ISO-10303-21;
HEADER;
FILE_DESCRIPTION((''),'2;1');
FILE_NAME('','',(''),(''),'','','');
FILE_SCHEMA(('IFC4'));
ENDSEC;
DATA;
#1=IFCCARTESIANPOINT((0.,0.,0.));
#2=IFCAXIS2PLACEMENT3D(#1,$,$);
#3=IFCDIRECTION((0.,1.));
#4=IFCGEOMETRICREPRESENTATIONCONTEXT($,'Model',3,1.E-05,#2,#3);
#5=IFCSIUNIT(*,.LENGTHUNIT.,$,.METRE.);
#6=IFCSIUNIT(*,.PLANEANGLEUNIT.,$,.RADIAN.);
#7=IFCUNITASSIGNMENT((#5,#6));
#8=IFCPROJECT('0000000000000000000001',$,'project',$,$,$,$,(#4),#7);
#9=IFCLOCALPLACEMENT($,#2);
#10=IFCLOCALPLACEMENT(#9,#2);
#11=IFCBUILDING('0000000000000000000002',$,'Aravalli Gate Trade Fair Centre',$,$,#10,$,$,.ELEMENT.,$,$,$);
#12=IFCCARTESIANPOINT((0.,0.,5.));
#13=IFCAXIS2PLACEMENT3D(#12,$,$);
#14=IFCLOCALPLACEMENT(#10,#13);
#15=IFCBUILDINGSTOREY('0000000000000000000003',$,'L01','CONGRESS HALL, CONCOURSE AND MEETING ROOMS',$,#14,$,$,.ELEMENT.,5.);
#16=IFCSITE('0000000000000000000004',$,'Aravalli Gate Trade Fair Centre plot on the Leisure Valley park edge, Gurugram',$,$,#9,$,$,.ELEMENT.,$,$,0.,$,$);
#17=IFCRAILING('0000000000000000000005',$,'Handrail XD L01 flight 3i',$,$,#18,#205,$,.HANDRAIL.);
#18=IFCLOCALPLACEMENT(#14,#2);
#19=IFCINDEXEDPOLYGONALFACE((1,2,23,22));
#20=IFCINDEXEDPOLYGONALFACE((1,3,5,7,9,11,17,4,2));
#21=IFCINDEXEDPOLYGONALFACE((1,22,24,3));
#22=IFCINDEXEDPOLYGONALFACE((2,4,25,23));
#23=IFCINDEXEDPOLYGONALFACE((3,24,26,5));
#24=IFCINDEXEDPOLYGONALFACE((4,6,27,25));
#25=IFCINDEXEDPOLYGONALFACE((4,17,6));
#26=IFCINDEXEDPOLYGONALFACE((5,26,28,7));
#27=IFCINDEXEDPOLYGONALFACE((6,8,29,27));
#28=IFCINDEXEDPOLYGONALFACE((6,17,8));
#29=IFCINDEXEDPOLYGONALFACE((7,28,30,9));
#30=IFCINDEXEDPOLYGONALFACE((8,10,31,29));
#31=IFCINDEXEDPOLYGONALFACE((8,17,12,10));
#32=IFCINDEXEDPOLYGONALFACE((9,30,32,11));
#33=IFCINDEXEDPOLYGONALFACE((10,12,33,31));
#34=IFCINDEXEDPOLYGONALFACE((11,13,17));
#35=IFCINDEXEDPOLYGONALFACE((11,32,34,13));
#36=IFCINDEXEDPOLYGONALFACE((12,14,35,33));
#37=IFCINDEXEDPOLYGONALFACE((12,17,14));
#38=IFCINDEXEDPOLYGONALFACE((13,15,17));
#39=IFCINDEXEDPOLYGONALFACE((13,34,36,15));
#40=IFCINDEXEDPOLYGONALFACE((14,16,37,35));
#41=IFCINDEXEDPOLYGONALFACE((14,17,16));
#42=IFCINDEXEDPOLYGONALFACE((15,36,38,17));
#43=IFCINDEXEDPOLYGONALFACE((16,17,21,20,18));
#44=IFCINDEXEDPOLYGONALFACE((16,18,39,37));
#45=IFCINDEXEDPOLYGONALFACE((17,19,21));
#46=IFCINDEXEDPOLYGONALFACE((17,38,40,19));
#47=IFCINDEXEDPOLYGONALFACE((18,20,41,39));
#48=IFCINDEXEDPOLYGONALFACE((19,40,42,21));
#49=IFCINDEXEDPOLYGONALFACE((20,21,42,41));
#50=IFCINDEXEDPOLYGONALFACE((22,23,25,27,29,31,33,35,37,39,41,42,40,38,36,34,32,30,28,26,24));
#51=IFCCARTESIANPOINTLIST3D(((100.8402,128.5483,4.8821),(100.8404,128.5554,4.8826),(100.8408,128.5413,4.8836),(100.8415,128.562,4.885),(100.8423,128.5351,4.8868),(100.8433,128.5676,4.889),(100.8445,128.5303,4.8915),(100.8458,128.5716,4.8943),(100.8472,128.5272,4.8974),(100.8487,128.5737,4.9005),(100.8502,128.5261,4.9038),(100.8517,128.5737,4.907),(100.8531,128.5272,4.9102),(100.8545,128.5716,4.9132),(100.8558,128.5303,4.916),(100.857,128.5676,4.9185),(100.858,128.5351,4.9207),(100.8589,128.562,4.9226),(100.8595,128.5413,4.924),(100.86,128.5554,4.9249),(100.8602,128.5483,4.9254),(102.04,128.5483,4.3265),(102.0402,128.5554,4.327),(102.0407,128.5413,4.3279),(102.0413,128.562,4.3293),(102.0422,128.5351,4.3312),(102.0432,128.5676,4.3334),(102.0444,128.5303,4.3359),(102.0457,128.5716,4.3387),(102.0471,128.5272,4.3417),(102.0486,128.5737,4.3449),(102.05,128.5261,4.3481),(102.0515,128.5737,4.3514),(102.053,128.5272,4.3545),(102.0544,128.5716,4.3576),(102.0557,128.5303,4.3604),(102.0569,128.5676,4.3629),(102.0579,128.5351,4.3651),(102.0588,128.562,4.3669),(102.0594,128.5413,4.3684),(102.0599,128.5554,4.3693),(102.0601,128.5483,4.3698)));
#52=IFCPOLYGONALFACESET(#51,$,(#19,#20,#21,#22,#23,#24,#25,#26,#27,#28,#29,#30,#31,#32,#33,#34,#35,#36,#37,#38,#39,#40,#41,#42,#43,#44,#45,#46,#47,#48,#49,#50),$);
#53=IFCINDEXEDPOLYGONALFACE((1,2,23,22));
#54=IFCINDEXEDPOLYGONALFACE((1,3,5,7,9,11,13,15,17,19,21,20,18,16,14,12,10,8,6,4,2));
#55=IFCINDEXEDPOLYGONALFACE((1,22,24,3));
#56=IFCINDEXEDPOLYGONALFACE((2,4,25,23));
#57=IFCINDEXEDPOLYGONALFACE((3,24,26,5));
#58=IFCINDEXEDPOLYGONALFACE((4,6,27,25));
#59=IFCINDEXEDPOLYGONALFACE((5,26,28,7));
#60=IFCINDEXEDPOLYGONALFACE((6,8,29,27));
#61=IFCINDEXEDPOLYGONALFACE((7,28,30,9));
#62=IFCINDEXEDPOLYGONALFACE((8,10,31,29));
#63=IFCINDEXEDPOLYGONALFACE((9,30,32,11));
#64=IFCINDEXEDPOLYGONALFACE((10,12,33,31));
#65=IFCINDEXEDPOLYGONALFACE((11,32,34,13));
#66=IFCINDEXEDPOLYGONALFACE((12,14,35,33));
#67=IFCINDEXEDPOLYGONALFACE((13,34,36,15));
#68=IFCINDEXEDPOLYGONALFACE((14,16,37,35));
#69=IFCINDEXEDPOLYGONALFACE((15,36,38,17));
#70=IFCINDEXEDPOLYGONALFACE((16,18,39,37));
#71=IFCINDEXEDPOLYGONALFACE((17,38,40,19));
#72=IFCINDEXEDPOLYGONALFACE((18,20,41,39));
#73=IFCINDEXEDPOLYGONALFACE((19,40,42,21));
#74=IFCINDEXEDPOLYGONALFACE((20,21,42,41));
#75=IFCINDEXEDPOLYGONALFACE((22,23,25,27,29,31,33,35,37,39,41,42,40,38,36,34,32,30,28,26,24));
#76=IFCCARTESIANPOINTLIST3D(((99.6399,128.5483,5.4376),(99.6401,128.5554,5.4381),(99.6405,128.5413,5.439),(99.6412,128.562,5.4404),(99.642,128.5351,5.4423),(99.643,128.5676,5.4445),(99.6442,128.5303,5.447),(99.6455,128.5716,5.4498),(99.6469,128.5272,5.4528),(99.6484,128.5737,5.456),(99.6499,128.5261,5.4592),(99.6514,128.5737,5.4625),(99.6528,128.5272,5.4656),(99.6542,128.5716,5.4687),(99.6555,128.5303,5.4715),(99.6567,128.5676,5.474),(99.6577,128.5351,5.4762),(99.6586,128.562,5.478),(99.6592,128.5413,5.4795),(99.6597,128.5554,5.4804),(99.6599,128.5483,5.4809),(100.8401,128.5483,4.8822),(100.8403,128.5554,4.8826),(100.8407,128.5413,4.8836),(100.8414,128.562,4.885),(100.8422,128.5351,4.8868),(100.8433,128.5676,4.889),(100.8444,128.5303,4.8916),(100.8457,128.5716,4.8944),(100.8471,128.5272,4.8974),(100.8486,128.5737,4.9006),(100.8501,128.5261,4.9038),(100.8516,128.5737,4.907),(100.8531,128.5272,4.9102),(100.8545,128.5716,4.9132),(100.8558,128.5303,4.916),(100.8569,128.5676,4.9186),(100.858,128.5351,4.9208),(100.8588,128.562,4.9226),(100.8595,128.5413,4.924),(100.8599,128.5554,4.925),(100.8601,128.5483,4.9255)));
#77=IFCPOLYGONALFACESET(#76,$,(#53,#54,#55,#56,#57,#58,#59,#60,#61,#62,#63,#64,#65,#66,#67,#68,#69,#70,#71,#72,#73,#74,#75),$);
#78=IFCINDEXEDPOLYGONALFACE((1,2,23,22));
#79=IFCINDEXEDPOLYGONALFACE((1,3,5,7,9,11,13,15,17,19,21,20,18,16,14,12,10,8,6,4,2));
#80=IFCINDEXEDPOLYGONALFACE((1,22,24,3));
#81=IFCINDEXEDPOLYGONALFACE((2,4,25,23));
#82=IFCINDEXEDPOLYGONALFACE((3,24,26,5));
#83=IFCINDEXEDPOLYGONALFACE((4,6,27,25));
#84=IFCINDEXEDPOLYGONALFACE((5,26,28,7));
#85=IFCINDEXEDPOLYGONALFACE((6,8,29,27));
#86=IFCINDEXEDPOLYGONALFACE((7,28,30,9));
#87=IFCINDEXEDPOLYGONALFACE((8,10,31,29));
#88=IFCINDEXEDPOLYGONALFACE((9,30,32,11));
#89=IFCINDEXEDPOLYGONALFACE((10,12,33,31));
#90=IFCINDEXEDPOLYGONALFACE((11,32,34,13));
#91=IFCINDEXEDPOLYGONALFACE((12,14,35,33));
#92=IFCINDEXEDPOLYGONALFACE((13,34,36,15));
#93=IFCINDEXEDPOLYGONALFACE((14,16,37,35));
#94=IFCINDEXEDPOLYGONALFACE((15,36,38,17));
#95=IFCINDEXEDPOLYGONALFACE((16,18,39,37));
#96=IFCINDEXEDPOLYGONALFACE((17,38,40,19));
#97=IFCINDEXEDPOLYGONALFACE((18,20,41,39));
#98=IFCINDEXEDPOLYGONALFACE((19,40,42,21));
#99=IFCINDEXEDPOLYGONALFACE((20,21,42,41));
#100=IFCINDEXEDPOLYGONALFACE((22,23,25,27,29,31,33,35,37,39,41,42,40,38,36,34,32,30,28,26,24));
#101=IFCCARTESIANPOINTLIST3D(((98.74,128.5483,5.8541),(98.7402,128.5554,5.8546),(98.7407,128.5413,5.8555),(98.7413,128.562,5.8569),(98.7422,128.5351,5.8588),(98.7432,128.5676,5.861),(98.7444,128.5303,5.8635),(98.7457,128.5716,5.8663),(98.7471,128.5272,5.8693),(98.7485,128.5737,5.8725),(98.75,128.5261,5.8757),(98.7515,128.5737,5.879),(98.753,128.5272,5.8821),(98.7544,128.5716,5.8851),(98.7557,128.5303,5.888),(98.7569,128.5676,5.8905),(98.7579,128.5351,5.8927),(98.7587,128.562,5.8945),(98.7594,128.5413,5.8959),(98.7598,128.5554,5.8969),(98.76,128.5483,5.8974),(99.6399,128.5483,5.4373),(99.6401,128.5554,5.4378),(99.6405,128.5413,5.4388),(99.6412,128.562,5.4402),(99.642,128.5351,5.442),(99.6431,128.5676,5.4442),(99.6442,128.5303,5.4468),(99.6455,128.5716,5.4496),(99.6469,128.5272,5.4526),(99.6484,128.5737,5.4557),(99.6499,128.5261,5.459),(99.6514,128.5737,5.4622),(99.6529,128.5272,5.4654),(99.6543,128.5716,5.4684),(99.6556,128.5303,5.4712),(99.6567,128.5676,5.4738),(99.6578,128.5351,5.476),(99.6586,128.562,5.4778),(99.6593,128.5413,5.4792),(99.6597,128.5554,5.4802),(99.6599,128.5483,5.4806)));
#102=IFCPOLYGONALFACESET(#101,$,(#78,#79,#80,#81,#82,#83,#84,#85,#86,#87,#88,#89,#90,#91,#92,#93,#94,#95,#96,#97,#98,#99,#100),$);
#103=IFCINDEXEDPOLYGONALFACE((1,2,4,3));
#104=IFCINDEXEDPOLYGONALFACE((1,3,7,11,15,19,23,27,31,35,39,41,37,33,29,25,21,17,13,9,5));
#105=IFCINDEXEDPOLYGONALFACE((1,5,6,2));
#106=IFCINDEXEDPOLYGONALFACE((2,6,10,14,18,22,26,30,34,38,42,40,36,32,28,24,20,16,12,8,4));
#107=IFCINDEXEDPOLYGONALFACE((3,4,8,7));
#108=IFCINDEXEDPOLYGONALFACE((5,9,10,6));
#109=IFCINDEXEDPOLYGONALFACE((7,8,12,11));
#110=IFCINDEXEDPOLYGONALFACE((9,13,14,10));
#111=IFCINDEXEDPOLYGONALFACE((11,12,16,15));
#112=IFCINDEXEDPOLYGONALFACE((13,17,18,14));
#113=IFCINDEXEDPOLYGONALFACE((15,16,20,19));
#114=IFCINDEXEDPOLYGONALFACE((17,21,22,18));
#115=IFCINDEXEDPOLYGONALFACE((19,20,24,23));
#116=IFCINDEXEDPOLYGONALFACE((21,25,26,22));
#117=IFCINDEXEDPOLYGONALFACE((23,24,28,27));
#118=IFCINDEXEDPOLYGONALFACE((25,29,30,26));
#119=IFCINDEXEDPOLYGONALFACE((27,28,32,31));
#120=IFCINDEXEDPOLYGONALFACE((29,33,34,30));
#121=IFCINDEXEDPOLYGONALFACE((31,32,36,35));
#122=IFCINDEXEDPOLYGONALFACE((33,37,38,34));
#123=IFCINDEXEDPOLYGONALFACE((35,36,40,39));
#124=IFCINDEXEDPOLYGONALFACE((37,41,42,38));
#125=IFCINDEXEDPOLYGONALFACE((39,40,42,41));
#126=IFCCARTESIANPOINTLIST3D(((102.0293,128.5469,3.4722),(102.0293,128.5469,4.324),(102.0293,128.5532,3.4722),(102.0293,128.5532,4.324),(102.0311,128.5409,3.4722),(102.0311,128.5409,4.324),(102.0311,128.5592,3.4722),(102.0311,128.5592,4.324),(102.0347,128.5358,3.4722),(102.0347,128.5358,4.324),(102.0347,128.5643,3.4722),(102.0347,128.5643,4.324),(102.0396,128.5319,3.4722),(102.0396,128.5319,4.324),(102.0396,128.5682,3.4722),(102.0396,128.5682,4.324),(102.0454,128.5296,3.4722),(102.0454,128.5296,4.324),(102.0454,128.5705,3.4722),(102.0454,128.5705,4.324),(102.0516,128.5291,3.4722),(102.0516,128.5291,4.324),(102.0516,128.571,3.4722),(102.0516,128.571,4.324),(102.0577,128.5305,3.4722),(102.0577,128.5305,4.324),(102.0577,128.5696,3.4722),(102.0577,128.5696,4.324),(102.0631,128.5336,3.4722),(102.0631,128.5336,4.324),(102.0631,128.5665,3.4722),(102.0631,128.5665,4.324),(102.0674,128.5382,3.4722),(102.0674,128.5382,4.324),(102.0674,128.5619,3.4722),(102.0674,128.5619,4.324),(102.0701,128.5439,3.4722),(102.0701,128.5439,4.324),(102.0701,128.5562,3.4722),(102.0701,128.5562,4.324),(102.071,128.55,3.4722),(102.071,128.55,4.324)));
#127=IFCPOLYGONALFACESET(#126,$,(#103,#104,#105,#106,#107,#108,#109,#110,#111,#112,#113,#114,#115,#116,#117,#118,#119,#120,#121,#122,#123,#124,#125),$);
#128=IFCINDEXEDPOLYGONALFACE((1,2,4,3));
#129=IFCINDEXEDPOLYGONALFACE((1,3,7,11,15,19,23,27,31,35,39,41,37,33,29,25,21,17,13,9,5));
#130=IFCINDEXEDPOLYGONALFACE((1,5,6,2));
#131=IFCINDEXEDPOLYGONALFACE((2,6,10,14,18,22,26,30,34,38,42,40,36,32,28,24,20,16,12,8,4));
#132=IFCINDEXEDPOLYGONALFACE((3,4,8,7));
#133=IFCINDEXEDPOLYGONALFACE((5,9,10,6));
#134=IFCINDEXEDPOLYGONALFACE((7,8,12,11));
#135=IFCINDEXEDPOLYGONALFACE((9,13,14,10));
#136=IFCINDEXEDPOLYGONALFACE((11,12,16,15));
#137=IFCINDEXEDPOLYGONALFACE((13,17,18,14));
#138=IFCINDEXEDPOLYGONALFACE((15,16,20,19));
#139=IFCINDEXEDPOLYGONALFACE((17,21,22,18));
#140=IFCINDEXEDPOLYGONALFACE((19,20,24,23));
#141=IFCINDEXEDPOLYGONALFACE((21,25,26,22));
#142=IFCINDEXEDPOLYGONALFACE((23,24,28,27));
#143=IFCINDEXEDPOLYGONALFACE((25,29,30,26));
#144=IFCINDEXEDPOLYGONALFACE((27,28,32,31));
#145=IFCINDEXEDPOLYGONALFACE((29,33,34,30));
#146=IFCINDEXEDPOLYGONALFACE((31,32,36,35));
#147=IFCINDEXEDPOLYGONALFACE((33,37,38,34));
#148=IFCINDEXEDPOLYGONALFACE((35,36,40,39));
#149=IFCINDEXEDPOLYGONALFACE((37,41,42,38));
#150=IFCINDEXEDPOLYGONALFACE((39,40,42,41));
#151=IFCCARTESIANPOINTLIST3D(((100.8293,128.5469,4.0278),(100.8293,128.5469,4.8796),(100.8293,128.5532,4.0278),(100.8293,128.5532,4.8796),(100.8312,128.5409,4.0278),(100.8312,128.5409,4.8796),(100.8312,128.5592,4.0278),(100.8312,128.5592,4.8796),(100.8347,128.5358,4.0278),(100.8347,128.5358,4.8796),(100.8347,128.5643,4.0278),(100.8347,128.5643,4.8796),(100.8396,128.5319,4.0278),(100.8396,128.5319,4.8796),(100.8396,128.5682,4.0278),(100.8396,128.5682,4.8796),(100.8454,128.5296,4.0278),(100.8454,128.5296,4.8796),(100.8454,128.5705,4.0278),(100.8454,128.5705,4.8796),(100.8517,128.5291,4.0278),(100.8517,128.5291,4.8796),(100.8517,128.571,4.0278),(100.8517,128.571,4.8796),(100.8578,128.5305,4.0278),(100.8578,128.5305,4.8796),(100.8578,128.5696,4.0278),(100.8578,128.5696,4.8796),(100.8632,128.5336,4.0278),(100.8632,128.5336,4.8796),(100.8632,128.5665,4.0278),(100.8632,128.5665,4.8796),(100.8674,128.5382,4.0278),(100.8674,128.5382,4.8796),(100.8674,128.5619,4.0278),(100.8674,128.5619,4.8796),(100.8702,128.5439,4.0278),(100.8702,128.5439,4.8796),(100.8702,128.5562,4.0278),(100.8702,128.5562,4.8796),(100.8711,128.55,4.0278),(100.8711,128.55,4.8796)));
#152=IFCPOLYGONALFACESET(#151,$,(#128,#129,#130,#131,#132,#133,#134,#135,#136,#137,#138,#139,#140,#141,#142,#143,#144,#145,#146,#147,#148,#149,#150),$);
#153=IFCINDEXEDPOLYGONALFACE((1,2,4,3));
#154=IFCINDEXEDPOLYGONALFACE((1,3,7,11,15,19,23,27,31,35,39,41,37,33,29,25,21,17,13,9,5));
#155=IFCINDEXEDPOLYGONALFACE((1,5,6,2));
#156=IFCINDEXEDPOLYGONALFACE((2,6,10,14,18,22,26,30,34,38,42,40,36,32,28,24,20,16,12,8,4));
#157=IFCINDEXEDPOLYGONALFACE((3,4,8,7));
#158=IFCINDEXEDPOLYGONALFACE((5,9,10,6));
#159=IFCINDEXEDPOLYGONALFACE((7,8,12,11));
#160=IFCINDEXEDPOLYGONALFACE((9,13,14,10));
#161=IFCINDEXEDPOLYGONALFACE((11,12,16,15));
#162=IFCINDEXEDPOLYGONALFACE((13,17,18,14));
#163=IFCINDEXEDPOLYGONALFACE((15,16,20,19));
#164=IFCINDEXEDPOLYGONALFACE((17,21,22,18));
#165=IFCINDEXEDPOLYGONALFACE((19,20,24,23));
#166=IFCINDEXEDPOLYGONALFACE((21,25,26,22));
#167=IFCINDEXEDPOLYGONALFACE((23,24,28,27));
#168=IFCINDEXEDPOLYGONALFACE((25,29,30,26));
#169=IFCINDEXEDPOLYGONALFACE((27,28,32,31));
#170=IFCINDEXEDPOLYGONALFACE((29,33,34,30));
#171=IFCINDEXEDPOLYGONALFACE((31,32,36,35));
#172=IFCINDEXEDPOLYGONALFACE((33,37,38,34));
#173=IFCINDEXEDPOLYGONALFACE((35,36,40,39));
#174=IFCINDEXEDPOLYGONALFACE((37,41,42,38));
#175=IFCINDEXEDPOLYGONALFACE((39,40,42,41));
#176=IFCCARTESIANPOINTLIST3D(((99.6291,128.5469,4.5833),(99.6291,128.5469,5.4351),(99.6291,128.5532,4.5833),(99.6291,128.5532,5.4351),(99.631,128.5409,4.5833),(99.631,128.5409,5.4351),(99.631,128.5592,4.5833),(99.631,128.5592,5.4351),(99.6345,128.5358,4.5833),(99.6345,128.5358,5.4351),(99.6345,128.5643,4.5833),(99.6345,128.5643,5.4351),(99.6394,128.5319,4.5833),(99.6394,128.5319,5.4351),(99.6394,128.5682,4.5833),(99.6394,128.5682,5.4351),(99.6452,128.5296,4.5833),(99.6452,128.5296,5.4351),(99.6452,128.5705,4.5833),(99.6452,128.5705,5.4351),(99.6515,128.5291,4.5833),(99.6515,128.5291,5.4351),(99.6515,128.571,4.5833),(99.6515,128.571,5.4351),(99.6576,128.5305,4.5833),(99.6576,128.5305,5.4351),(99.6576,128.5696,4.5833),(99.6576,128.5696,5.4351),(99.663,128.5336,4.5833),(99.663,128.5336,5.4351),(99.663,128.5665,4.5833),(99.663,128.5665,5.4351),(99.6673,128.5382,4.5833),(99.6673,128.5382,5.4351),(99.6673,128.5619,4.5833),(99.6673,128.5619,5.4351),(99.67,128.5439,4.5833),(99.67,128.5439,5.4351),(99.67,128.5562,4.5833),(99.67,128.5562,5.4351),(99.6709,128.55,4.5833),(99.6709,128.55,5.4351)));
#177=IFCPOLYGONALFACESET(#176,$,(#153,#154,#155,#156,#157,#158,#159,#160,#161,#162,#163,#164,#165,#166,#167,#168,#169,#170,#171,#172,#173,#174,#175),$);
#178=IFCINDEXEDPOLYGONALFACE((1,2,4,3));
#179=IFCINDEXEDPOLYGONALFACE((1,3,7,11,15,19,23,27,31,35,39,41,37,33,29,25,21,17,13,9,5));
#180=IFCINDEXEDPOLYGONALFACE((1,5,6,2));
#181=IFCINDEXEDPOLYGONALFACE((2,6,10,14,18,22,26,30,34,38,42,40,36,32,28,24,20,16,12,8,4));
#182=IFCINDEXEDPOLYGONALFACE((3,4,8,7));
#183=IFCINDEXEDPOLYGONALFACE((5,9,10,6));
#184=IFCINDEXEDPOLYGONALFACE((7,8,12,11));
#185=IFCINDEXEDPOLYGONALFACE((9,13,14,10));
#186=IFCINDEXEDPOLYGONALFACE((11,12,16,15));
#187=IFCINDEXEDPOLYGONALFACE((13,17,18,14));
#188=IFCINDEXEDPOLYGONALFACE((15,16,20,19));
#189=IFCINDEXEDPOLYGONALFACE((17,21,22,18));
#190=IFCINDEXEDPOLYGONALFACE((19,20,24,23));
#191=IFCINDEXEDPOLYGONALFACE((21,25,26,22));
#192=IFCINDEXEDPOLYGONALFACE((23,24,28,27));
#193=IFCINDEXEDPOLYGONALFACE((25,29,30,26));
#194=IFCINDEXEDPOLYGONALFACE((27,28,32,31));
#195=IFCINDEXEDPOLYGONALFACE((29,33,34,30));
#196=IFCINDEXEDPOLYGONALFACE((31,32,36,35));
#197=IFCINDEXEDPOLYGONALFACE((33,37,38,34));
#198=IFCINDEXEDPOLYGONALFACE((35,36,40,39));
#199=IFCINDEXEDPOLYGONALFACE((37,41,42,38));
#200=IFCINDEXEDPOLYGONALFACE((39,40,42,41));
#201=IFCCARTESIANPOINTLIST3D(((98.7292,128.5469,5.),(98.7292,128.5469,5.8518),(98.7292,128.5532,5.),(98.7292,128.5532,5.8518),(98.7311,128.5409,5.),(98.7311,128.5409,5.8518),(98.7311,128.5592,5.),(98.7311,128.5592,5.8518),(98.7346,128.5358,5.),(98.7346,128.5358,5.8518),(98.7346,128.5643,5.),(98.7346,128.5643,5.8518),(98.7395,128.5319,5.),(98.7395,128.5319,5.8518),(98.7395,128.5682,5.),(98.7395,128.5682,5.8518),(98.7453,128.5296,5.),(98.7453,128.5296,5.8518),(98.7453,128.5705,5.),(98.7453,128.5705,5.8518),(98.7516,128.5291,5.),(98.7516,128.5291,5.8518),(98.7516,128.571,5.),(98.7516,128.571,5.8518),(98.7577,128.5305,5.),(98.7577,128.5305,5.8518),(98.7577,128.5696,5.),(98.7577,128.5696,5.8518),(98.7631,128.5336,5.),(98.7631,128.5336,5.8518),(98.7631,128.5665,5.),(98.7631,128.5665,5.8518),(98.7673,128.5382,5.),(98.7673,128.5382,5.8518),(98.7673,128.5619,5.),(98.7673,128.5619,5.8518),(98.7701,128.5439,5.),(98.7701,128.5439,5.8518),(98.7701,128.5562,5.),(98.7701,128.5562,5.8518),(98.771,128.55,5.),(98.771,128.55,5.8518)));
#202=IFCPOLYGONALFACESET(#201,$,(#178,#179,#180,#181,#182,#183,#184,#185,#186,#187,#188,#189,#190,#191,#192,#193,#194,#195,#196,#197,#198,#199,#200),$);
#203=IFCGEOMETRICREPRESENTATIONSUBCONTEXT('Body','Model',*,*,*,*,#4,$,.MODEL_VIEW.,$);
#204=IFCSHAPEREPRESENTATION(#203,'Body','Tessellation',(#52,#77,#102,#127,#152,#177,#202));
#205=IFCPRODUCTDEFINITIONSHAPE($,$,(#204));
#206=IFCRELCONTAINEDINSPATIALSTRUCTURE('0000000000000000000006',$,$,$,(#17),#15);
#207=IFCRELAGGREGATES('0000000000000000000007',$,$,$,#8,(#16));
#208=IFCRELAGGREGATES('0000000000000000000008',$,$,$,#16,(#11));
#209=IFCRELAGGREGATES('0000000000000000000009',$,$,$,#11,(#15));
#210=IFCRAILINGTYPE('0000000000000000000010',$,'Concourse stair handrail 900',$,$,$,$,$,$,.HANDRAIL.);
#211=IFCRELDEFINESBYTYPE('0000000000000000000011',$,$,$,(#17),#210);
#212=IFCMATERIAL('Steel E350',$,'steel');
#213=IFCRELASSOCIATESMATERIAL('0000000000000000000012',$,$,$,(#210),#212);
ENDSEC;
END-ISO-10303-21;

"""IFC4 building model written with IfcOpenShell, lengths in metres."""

from ifc_helpers import new_model, si_unit, direction, frame, origin, origin_2d, place, context, subcontext, project, spatial, circle, extrude, material, type_object, element, save


model = new_model("IFC4")

# Units and contexts
model_context = context("Model", 3, precision=1e-05, world=origin(), true_north=direction((0.0, 1.0)))
body_context = subcontext(model_context, "Body", "Model", "MODEL_VIEW")
ifc_project = project(units=[si_unit("LENGTHUNIT", "METRE"), si_unit("PLANEANGLEUNIT", "RADIAN")], contexts=[model_context])

# Site, building, storey
site_placement = place(None, origin())
site = spatial("IfcSite", under=ifc_project, at=site_placement, Name="Aravalli Gate Trade Fair Centre plot on the Leisure Valley park edge, Gurugram", CompositionType="ELEMENT", RefElevation=0.0)
building_placement = place(site_placement, origin())
building = spatial("IfcBuilding", under=site, at=building_placement, Name="Aravalli Gate Trade Fair Centre", CompositionType="ELEMENT")
storey_placement = place(building_placement, frame((0.0, 0.0, 5.0)))
storey = spatial("IfcBuildingStorey", under=building, at=storey_placement, Name="L01", Description="CONGRESS HALL, CONCOURSE AND MEETING ROOMS", CompositionType="ELEMENT", Elevation=5.0)

# Shared definitions
ifc_material_1 = material(Name="Steel E350", Category="steel")

# Railing
railing_type_1 = type_object("IfcRailingType", Name="Concourse stair handrail 900", PredefinedType="HANDRAIL", material=ifc_material_1)
for number, where, name in (
    (1, (102.05, 128.55, 3.4722), "Handrail XD L01 flight 3i"),
):
    element("IfcRailing", number, at=place(storey_placement, frame(where)), inside=storey, type_object=railing_type_1, Name=name, PredefinedType="HANDRAIL", context=body_context, shape_type="SweptSolid", body=[
        extrude(circle(Radius=0.0239, at=origin_2d()), frame((0.0, 0.0, 0.876), z_axis=(-0.907429, 0.0, 0.420205), x_axis=(0.0, -1.0, 0.0)), (0.0, 0.0, 1.0), 1.3223),
        extrude(circle(Radius=0.0239, at=origin_2d()), frame((-1.2, 0.0, 1.4316), z_axis=(-0.907532, 0.0, 0.419983), x_axis=(0.0, -1.0, 0.0)), (0.0, 0.0, 1.0), 1.3225),
        extrude(circle(Radius=0.0239, at=origin_2d()), frame((-2.4001, 0.0, 1.9868), z_axis=(-0.907418, 0.0, 0.420229), x_axis=(0.0, -1.0, 0.0)), (0.0, 0.0, 1.0), 0.9917),
        extrude(circle(Radius=0.021, at=origin_2d()), origin(), (0.0, 0.0, 1.0), 0.8518),
        extrude(circle(Radius=0.021, at=origin_2d()), frame((-1.2, 0.0, 0.5557)), (0.0, 0.0, 1.0), 0.8518),
        extrude(circle(Radius=0.021, at=origin_2d()), frame((-2.4001, 0.0, 1.1111)), (0.0, 0.0, 1.0), 0.8518),
        extrude(circle(Radius=0.021, at=origin_2d()), frame((-3.3, 0.0, 1.5278)), (0.0, 0.0, 1.0), 0.8518),
    ])

save(model, "model.ifc")
